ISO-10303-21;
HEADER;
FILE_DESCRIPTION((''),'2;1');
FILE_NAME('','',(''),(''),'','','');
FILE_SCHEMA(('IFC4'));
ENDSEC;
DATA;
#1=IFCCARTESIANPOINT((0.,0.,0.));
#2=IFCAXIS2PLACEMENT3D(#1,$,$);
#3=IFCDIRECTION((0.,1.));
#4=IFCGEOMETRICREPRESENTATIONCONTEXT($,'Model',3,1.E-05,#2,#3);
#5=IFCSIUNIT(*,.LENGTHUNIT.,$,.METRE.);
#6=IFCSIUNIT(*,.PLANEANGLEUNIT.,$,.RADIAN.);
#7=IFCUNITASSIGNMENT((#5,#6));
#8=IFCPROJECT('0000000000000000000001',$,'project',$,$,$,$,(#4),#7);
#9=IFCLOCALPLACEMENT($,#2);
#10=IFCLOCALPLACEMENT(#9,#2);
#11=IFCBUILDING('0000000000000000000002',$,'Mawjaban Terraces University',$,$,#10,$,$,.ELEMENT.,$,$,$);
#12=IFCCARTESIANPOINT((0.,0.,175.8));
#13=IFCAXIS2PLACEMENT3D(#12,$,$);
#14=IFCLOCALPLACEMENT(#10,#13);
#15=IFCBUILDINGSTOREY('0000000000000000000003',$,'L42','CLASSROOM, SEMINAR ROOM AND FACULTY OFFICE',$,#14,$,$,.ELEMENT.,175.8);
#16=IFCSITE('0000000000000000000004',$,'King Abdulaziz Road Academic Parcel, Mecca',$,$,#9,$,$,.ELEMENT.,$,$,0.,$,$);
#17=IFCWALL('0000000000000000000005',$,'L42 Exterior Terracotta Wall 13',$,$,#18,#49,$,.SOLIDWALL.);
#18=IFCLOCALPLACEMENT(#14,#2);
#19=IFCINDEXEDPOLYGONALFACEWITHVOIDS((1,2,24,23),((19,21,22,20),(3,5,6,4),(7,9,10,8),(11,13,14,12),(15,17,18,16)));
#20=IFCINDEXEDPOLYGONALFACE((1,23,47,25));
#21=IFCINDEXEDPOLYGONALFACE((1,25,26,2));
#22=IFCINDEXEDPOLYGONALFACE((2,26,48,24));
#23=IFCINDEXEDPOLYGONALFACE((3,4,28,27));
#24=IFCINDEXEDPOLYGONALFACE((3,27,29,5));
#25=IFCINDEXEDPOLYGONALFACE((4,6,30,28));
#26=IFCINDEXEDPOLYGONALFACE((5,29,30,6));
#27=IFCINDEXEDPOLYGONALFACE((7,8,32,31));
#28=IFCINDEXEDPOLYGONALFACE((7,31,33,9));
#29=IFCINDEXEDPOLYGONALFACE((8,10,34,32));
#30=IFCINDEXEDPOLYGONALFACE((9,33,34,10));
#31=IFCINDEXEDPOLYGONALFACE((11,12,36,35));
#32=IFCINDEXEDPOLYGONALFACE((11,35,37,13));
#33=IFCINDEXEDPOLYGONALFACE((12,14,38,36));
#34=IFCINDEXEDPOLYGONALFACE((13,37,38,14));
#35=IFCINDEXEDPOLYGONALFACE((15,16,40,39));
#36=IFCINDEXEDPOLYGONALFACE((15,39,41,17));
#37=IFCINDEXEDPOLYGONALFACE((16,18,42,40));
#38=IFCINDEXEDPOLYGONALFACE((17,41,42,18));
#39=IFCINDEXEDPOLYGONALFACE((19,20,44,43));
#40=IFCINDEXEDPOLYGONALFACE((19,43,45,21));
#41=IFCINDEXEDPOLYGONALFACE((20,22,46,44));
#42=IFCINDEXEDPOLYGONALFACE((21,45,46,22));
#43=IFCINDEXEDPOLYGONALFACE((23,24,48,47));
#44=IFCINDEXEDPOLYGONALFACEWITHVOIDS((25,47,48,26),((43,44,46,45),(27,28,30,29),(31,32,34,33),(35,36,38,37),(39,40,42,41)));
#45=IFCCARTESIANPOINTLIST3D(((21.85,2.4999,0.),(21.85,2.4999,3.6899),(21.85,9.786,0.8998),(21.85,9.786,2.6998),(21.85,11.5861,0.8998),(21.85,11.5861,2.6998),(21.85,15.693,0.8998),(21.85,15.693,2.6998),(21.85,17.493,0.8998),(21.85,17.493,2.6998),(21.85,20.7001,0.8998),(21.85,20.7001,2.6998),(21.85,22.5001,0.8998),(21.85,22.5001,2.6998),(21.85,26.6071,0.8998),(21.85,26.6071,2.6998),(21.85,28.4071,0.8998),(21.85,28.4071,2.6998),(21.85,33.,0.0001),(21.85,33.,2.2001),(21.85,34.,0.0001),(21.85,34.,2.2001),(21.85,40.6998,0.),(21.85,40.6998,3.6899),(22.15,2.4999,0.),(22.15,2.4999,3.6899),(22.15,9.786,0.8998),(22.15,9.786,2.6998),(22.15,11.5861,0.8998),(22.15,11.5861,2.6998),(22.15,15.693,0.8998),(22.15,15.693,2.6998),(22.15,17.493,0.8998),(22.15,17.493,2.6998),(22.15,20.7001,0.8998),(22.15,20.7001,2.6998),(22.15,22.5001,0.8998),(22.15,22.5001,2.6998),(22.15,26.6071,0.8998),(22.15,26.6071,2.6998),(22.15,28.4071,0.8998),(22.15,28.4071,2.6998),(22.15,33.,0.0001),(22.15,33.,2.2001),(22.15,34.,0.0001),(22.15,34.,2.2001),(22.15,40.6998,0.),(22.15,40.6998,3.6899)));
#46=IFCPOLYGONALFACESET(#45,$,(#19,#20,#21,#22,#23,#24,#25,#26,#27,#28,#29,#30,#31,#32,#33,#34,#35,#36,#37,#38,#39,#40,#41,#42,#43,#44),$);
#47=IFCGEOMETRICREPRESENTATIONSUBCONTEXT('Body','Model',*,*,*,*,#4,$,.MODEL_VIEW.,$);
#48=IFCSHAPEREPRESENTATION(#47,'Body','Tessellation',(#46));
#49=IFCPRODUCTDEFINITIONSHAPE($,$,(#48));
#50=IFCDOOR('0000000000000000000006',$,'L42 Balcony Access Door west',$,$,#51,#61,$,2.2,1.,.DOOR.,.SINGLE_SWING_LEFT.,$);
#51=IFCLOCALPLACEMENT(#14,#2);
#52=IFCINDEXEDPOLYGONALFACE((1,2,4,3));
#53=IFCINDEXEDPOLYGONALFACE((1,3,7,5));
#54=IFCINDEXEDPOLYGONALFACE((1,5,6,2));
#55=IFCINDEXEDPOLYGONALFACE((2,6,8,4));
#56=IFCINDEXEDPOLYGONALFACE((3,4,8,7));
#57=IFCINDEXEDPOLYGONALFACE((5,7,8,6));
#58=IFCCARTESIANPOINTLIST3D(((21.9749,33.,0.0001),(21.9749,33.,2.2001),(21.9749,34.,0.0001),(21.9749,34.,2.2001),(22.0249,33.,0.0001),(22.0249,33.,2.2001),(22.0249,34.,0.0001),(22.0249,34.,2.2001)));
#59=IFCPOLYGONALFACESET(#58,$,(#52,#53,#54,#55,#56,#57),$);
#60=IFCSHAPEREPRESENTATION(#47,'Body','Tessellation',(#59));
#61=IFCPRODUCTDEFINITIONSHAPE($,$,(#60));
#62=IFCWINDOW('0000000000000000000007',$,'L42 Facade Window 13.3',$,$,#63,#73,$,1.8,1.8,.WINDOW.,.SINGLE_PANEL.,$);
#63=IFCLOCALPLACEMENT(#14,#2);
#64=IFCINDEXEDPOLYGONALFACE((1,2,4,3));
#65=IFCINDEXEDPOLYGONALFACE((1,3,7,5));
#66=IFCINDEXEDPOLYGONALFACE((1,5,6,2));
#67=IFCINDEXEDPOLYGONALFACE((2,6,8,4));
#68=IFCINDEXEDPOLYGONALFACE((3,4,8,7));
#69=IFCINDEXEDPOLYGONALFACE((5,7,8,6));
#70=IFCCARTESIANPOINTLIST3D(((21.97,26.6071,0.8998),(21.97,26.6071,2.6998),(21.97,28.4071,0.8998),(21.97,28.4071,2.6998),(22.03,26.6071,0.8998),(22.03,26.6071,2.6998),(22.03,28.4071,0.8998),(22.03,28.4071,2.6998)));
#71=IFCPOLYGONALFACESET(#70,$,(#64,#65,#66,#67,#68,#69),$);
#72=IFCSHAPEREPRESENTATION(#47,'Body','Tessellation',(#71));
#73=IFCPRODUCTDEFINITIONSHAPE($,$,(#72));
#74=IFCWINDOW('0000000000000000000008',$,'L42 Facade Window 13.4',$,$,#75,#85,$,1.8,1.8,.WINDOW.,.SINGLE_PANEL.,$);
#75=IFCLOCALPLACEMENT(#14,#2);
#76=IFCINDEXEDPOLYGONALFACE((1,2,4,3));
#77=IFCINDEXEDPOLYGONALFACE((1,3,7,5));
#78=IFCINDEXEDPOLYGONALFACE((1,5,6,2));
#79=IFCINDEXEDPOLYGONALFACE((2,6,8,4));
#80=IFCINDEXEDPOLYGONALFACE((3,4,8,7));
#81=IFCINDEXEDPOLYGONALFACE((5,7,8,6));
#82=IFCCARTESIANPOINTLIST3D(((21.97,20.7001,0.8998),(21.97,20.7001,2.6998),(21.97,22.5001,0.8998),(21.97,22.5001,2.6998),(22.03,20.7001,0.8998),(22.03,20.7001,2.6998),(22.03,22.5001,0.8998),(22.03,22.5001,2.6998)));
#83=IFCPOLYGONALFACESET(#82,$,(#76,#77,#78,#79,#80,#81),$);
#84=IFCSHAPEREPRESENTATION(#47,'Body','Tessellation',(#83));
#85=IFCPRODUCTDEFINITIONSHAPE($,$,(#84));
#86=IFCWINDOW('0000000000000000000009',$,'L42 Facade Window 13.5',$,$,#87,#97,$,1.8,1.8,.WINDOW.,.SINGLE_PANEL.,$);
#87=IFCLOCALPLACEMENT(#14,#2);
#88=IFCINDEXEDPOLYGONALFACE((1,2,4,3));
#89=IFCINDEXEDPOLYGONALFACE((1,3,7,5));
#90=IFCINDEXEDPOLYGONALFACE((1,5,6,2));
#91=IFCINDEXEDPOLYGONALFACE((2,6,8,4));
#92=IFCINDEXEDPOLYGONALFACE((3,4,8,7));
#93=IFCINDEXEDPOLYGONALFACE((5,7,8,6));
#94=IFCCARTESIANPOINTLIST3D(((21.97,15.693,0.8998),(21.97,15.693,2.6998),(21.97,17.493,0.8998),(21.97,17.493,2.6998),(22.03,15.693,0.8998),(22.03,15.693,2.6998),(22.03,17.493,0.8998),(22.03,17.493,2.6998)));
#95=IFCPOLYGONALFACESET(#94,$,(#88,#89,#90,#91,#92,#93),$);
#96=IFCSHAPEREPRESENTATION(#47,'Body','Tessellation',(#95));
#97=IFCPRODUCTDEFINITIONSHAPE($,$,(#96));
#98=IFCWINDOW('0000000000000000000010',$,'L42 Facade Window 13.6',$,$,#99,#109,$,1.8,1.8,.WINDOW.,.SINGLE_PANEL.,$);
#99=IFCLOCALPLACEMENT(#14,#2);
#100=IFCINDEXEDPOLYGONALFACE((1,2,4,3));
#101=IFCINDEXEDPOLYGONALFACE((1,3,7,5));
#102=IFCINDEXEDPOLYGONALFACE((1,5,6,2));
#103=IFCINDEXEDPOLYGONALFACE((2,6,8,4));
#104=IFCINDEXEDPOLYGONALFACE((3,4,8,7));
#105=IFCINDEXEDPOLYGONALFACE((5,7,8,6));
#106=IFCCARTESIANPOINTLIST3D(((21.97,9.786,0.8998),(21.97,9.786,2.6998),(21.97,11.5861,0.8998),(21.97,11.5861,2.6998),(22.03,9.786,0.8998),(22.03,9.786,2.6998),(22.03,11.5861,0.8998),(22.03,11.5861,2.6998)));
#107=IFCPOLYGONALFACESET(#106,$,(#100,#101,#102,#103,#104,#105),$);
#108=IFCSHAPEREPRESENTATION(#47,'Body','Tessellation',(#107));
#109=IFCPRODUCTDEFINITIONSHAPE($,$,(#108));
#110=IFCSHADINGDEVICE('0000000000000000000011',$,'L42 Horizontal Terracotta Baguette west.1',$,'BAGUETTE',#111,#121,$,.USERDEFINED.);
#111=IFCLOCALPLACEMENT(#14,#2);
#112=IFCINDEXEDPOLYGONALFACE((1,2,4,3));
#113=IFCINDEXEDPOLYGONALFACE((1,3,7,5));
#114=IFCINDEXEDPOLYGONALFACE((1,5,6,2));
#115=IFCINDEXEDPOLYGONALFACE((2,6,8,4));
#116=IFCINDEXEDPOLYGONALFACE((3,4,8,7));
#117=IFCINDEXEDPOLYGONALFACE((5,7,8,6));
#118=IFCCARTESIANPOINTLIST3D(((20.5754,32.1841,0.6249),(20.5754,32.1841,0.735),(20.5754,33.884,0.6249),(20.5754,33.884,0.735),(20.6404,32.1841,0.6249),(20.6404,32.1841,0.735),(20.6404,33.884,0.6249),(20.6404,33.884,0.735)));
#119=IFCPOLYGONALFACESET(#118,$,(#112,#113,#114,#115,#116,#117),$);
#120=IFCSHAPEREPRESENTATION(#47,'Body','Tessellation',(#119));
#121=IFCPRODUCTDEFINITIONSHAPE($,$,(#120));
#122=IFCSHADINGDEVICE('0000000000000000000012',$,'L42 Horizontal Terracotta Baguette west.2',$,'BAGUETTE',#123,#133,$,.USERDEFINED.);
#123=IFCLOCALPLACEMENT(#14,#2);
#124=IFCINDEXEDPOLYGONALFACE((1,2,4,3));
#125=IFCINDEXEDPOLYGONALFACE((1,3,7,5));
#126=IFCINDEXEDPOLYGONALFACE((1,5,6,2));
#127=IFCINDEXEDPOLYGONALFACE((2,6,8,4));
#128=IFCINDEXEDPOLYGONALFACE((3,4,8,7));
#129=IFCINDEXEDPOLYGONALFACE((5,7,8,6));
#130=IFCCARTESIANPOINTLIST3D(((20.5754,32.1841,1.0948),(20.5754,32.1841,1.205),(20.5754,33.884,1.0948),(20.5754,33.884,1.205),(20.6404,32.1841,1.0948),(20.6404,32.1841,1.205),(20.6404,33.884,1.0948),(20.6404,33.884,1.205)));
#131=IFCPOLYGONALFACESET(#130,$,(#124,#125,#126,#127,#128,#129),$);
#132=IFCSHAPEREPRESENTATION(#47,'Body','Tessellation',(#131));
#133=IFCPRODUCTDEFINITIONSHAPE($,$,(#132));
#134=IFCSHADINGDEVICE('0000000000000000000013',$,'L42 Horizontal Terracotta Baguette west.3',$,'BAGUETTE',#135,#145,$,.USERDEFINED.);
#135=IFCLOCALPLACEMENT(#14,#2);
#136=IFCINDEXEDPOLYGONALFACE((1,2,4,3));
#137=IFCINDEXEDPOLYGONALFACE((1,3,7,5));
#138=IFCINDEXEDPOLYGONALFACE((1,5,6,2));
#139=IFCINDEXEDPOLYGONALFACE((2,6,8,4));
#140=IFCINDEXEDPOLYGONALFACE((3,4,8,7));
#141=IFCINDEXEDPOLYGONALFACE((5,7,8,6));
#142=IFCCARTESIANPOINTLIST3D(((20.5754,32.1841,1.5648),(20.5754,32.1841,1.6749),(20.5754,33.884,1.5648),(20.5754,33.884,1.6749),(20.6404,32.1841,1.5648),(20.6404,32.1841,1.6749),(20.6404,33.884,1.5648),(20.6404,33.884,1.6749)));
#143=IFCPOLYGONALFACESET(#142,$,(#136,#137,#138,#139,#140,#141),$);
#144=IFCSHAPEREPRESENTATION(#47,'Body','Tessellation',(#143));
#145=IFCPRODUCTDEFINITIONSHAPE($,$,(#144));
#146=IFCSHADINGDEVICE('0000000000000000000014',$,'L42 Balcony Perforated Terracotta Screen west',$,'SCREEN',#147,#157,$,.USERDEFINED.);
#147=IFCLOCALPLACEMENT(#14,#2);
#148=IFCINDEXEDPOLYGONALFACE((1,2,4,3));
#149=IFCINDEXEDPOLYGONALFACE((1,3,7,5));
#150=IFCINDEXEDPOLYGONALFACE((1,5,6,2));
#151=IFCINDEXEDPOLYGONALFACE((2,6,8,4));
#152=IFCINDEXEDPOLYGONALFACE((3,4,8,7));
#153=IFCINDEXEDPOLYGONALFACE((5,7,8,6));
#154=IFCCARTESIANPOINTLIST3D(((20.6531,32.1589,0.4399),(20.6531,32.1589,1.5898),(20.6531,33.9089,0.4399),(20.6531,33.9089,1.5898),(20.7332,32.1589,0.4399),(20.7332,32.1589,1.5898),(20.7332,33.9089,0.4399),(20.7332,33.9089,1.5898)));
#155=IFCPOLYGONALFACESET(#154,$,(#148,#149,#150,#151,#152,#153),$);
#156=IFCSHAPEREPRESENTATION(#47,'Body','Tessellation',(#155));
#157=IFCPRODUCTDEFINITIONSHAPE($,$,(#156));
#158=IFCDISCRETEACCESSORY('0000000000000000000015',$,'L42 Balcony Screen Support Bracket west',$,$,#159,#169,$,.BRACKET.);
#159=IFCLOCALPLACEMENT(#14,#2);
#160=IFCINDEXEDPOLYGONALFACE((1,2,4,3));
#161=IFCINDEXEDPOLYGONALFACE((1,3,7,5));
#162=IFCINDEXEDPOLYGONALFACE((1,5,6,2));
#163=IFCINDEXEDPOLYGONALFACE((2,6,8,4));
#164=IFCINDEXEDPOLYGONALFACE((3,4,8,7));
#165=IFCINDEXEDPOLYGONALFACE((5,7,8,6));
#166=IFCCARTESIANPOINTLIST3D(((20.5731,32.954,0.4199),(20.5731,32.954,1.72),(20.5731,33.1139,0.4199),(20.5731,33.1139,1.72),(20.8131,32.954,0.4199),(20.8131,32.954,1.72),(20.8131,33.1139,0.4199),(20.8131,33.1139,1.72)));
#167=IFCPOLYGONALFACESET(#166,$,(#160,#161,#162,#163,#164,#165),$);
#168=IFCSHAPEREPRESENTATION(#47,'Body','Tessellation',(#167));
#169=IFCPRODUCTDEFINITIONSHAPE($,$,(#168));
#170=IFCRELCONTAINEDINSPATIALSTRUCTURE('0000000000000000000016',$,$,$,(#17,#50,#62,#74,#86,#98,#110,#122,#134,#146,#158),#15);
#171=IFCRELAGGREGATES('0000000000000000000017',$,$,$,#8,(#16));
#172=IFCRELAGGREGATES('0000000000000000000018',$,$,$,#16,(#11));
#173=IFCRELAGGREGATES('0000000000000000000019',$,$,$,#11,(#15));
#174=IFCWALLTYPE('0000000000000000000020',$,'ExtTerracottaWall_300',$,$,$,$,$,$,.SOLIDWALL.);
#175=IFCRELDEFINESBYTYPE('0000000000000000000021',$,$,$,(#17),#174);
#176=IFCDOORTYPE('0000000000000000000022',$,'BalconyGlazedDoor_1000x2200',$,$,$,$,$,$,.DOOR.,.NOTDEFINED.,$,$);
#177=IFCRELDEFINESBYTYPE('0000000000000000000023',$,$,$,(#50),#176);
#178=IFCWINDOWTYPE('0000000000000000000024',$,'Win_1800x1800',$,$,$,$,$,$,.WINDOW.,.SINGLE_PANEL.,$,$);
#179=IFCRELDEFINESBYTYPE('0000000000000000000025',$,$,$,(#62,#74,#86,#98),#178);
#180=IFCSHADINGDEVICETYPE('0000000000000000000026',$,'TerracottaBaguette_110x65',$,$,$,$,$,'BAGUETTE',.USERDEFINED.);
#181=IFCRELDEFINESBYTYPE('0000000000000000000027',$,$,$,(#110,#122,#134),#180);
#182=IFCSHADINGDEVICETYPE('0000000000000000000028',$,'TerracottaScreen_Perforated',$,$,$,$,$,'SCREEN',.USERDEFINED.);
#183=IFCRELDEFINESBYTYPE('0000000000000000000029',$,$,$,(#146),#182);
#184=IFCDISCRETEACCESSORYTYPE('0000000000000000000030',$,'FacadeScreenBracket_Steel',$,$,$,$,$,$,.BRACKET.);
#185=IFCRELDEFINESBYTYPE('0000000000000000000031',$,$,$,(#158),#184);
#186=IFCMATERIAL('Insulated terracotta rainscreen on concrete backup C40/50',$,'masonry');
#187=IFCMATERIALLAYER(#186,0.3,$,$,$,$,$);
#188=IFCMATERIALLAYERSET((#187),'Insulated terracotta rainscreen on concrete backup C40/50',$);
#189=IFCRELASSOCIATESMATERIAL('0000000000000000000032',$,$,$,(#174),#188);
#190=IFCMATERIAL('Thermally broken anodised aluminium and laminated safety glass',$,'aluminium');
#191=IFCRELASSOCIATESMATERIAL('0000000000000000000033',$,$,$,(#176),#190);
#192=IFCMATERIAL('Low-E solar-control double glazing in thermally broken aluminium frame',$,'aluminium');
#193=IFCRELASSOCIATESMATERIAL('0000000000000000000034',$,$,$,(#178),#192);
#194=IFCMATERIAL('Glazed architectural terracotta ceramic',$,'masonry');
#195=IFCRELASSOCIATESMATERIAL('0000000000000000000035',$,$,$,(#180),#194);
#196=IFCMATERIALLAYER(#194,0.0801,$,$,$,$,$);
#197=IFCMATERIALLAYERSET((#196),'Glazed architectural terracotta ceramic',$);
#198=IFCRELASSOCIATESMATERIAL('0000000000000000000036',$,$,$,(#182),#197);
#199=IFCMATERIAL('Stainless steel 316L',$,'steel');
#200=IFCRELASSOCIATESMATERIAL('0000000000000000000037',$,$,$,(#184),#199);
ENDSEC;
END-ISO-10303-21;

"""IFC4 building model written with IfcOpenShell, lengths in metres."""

from ifc_helpers import new_model, si_unit, direction, frame, frame_2d, origin, origin_2d, place, context, subcontext, project, spatial, rectangle, extrude, material, layer, layer_set, material_profile, profile_set, type_object, element, fill, save


model = new_model("IFC4")

# Units and contexts
model_context = context("Model", 3, precision=1e-05, world=origin(), true_north=direction((0.0, 1.0)))
body_context = subcontext(model_context, "Body", "Model", "MODEL_VIEW")
ifc_project = project(units=[si_unit("LENGTHUNIT", "METRE"), si_unit("PLANEANGLEUNIT", "RADIAN")], contexts=[model_context])

# Site, building, storey
site_placement = place(None, origin())
site = spatial("IfcSite", under=ifc_project, at=site_placement, Name="King Abdulaziz Road Academic Parcel, Mecca", CompositionType="ELEMENT", RefElevation=0.0)
building_placement = place(site_placement, origin())
building = spatial("IfcBuilding", under=site, at=building_placement, Name="Mawjaban Terraces University", CompositionType="ELEMENT")
storey_placement = place(building_placement, frame((0.0, 0.0, 175.8)))
storey = spatial("IfcBuildingStorey", under=building, at=storey_placement, Name="L42", Description="CLASSROOM, SEMINAR ROOM AND FACULTY OFFICE", CompositionType="ELEMENT", Elevation=175.8)

# Shared definitions
ifc_material_1 = material(Name="Insulated terracotta rainscreen on concrete backup C40/50", Category="masonry")
ifc_layer_1 = layer(ifc_material_1, 0.3)
ifc_layer_set_1 = layer_set([ifc_layer_1], Name="Insulated terracotta rainscreen on concrete backup C40/50")
wall_type_1 = type_object("IfcWallType", Name="ExtTerracottaWall_300", PredefinedType="SOLIDWALL", material=ifc_layer_set_1)

# Wall, openings, door, windows
wall_1_placement = place(storey_placement, frame((22.0, 40.7, 0.0), z_axis=(0.0, 0.0, 1.0), x_axis=(0.0, -1.0, 0.0)))
wall_1 = element("IfcWall", 1, at=wall_1_placement, inside=storey, type_object=wall_type_1, Name="L42 Exterior Terracotta Wall 13", PredefinedType="SOLIDWALL", context=body_context, shape_type="SweptSolid", body=[
    extrude(rectangle(XDim=38.2, YDim=0.3, at=frame_2d((19.1001, 0.0))), origin(), (0.0, 0.0, 1.0), 3.6899),
])
opening_1_placement = place(wall_1_placement, frame((6.7, 0.0, 0.0)))
opening_1 = element("IfcOpeningElement", 2, at=opening_1_placement, cuts=wall_1, PredefinedType="OPENING", context=body_context, shape_type="SweptSolid", body=[
    extrude(rectangle(XDim=1.0, YDim=2.2, at=frame_2d((0.5, 1.1001))), frame((0.0, 0.1599, 0.0), z_axis=(0.0, -1.0, 0.0), x_axis=(1.0, 0.0, 0.0)), (0.0, 0.0, 1.0), 0.3201),
])
opening_2_placement = place(wall_1_placement, frame((12.293, 0.0, 0.8999)))
opening_2 = element("IfcOpeningElement", 3, at=opening_2_placement, cuts=wall_1, PredefinedType="OPENING", context=body_context, shape_type="SweptSolid", body=[
    extrude(rectangle(XDim=1.8, YDim=1.8, at=frame_2d((0.8999, 0.8999))), frame((0.0, 0.1599, 0.0), z_axis=(0.0, -1.0, 0.0), x_axis=(1.0, 0.0, 0.0)), (0.0, 0.0, 1.0), 0.3201),
])
opening_3_placement = place(wall_1_placement, frame((18.2, 0.0, 0.8999)))
opening_3 = element("IfcOpeningElement", 4, at=opening_3_placement, cuts=wall_1, PredefinedType="OPENING", context=body_context, shape_type="SweptSolid", body=[
    extrude(rectangle(XDim=1.8, YDim=1.8, at=frame_2d((0.8999, 0.8999))), frame((0.0, 0.1599, 0.0), z_axis=(0.0, -1.0, 0.0), x_axis=(1.0, 0.0, 0.0)), (0.0, 0.0, 1.0), 0.3201),
])
opening_4_placement = place(wall_1_placement, frame((23.207, 0.0, 0.8999)))
opening_4 = element("IfcOpeningElement", 5, at=opening_4_placement, cuts=wall_1, PredefinedType="OPENING", context=body_context, shape_type="SweptSolid", body=[
    extrude(rectangle(XDim=1.8, YDim=1.8, at=frame_2d((0.8999, 0.8999))), frame((0.0, 0.1599, 0.0), z_axis=(0.0, -1.0, 0.0), x_axis=(1.0, 0.0, 0.0)), (0.0, 0.0, 1.0), 0.3201),
])
opening_5_placement = place(wall_1_placement, frame((29.114, 0.0, 0.8999)))
opening_5 = element("IfcOpeningElement", 6, at=opening_5_placement, cuts=wall_1, PredefinedType="OPENING", context=body_context, shape_type="SweptSolid", body=[
    extrude(rectangle(XDim=1.8, YDim=1.8, at=frame_2d((0.8999, 0.8999))), frame((0.0, 0.1599, 0.0), z_axis=(0.0, -1.0, 0.0), x_axis=(1.0, 0.0, 0.0)), (0.0, 0.0, 1.0), 0.3201),
])
ifc_material_2 = material(Name="Thermally broken anodised aluminium and laminated safety glass", Category="aluminium")
door_type_1 = type_object("IfcDoorType", Name="BalconyGlazedDoor_1000x2200", OperationType="NOTDEFINED", PredefinedType="DOOR", material=ifc_material_2)
door_1_placement = place(opening_1_placement, origin())
door_1 = element("IfcDoor", 7, at=door_1_placement, inside=storey, type_object=door_type_1, Name="L42 Balcony Access Door west", OperationType="SINGLE_SWING_LEFT", OverallHeight=2.2, OverallWidth=1.0, PredefinedType="DOOR", context=body_context, shape_type="SweptSolid", body=[
    extrude(rectangle(XDim=1.0, YDim=2.2, at=frame_2d((0.5, 1.1001))), frame((0.0, 0.0249, 0.0), z_axis=(0.0, -1.0, 0.0), x_axis=(1.0, 0.0, 0.0)), (0.0, 0.0, 1.0), 0.05),
])
fill(opening_1, door_1)
ifc_material_3 = material(Name="Low-E solar-control double glazing in thermally broken aluminium frame", Category="aluminium")
window_type = type_object("IfcWindowType", Name="Win_1800x1800", PartitioningType="SINGLE_PANEL", PredefinedType="WINDOW", material=ifc_material_3)
window_1_placement = place(opening_2_placement, origin())
window_1 = element("IfcWindow", 8, at=window_1_placement, inside=storey, type_object=window_type, Name="L42 Facade Window 13.3", OverallHeight=1.8, OverallWidth=1.8, PartitioningType="SINGLE_PANEL", PredefinedType="WINDOW", context=body_context, shape_type="SweptSolid", body=[
    extrude(rectangle(XDim=1.8, YDim=1.8, at=frame_2d((0.8999, 0.8999))), frame((0.0, 0.03, 0.0), z_axis=(0.0, -1.0, 0.0), x_axis=(1.0, 0.0, 0.0)), (0.0, 0.0, 1.0), 0.0601),
])
fill(opening_2, window_1)
window_2_placement = place(opening_3_placement, origin())
window_2 = element("IfcWindow", 9, at=window_2_placement, inside=storey, type_object=window_type, Name="L42 Facade Window 13.4", OverallHeight=1.8, OverallWidth=1.8, PartitioningType="SINGLE_PANEL", PredefinedType="WINDOW", context=body_context, shape_type="SweptSolid", body=[
    extrude(rectangle(XDim=1.8, YDim=1.8, at=frame_2d((0.8999, 0.8999))), frame((0.0, 0.03, 0.0), z_axis=(0.0, -1.0, 0.0), x_axis=(1.0, 0.0, 0.0)), (0.0, 0.0, 1.0), 0.0601),
])
fill(opening_3, window_2)
window_3_placement = place(opening_4_placement, origin())
window_3 = element("IfcWindow", 10, at=window_3_placement, inside=storey, type_object=window_type, Name="L42 Facade Window 13.5", OverallHeight=1.8, OverallWidth=1.8, PartitioningType="SINGLE_PANEL", PredefinedType="WINDOW", context=body_context, shape_type="SweptSolid", body=[
    extrude(rectangle(XDim=1.8, YDim=1.8, at=frame_2d((0.8999, 0.8999))), frame((0.0, 0.03, 0.0), z_axis=(0.0, -1.0, 0.0), x_axis=(1.0, 0.0, 0.0)), (0.0, 0.0, 1.0), 0.0601),
])
fill(opening_4, window_3)
window_4_placement = place(opening_5_placement, origin())
window_4 = element("IfcWindow", 11, at=window_4_placement, inside=storey, type_object=window_type, Name="L42 Facade Window 13.6", OverallHeight=1.8, OverallWidth=1.8, PartitioningType="SINGLE_PANEL", PredefinedType="WINDOW", context=body_context, shape_type="SweptSolid", body=[
    extrude(rectangle(XDim=1.8, YDim=1.8, at=frame_2d((0.8999, 0.8999))), frame((0.0, 0.03, 0.0), z_axis=(0.0, -1.0, 0.0), x_axis=(1.0, 0.0, 0.0)), (0.0, 0.0, 1.0), 0.0601),
])
fill(opening_5, window_4)

# Shading devices
ifc_material_4 = material(Name="Glazed architectural terracotta ceramic", Category="masonry")
ifc_material_profile_1 = material_profile(ifc_material_4, rectangle(XDim=0.0649, YDim=0.1101, at=origin_2d()), Name="TBAG110X65")
ifc_profile_set_1 = profile_set([ifc_material_profile_1], Name="Glazed architectural terracotta ceramic")
shading_device_type_1 = type_object("IfcShadingDeviceType", Name="TerracottaBaguette_110x65", ElementType="BAGUETTE", PredefinedType="USERDEFINED", material=ifc_profile_set_1)
for number, where, z_axis, x_axis, name in (
    (12, (20.6079, 32.1841, 0.6799), (0.0, 1.0, 0.0), (-1.0, 0.0, 0.0), "L42 Horizontal Terracotta Baguette west.1"),
    (13, (20.6079, 32.1841, 1.1499), (0.0, 1.0, 0.0), (-1.0, 0.0, 0.0), "L42 Horizontal Terracotta Baguette west.2"),
    (14, (20.6079, 32.1841, 1.6199), (0.0, 1.0, 0.0), (-1.0, 0.0, 0.0), "L42 Horizontal Terracotta Baguette west.3"),
):
    element("IfcShadingDevice", number, at=place(storey_placement, frame(where, z_axis=z_axis, x_axis=x_axis)), inside=storey, type_object=shading_device_type_1, Name=name, ObjectType="BAGUETTE", PredefinedType="USERDEFINED", context=body_context, shape_type="SweptSolid", body=[
        extrude(rectangle(XDim=0.0649, YDim=0.1101, at=origin_2d()), origin(), (0.0, 0.0, 1.0), 1.7),
    ])
ifc_layer_2 = layer(ifc_material_4, 0.0801)
ifc_layer_set_2 = layer_set([ifc_layer_2], Name="Glazed architectural terracotta ceramic")
shading_device_type_2 = type_object("IfcShadingDeviceType", Name="TerracottaScreen_Perforated", ElementType="SCREEN", PredefinedType="USERDEFINED", material=ifc_layer_set_2)
shading_device_placement = place(storey_placement, frame((20.6931, 33.0339, 0.4399), z_axis=(0.0, 0.0, 1.0), x_axis=(0.0, 1.0, 0.0)))
element("IfcShadingDevice", 15, at=shading_device_placement, inside=storey, type_object=shading_device_type_2, Name="L42 Balcony Perforated Terracotta Screen west", ObjectType="SCREEN", PredefinedType="USERDEFINED", context=body_context, shape_type="SweptSolid", body=[
    extrude(rectangle(XDim=1.75, YDim=0.0801, at=origin_2d()), origin(), (0.0, 0.0, 1.0), 1.1499),
])

# Discrete accessory
ifc_material_5 = material(Name="Stainless steel 316L", Category="steel")
discrete_accessory_type_1 = type_object("IfcDiscreteAccessoryType", Name="FacadeScreenBracket_Steel", PredefinedType="BRACKET", material=ifc_material_5)
discrete_accessory_1_placement = place(storey_placement, frame((20.6931, 33.0339, 0.4199), z_axis=(0.0, 0.0, 1.0), x_axis=(0.0, 1.0, 0.0)))
element("IfcDiscreteAccessory", 16, at=discrete_accessory_1_placement, inside=storey, type_object=discrete_accessory_type_1, Name="L42 Balcony Screen Support Bracket west", PredefinedType="BRACKET", context=body_context, shape_type="SweptSolid", body=[
    extrude(rectangle(XDim=0.1599, YDim=0.24, at=origin_2d()), origin(), (0.0, 0.0, 1.0), 1.3),
])

save(model, "model.ifc")
